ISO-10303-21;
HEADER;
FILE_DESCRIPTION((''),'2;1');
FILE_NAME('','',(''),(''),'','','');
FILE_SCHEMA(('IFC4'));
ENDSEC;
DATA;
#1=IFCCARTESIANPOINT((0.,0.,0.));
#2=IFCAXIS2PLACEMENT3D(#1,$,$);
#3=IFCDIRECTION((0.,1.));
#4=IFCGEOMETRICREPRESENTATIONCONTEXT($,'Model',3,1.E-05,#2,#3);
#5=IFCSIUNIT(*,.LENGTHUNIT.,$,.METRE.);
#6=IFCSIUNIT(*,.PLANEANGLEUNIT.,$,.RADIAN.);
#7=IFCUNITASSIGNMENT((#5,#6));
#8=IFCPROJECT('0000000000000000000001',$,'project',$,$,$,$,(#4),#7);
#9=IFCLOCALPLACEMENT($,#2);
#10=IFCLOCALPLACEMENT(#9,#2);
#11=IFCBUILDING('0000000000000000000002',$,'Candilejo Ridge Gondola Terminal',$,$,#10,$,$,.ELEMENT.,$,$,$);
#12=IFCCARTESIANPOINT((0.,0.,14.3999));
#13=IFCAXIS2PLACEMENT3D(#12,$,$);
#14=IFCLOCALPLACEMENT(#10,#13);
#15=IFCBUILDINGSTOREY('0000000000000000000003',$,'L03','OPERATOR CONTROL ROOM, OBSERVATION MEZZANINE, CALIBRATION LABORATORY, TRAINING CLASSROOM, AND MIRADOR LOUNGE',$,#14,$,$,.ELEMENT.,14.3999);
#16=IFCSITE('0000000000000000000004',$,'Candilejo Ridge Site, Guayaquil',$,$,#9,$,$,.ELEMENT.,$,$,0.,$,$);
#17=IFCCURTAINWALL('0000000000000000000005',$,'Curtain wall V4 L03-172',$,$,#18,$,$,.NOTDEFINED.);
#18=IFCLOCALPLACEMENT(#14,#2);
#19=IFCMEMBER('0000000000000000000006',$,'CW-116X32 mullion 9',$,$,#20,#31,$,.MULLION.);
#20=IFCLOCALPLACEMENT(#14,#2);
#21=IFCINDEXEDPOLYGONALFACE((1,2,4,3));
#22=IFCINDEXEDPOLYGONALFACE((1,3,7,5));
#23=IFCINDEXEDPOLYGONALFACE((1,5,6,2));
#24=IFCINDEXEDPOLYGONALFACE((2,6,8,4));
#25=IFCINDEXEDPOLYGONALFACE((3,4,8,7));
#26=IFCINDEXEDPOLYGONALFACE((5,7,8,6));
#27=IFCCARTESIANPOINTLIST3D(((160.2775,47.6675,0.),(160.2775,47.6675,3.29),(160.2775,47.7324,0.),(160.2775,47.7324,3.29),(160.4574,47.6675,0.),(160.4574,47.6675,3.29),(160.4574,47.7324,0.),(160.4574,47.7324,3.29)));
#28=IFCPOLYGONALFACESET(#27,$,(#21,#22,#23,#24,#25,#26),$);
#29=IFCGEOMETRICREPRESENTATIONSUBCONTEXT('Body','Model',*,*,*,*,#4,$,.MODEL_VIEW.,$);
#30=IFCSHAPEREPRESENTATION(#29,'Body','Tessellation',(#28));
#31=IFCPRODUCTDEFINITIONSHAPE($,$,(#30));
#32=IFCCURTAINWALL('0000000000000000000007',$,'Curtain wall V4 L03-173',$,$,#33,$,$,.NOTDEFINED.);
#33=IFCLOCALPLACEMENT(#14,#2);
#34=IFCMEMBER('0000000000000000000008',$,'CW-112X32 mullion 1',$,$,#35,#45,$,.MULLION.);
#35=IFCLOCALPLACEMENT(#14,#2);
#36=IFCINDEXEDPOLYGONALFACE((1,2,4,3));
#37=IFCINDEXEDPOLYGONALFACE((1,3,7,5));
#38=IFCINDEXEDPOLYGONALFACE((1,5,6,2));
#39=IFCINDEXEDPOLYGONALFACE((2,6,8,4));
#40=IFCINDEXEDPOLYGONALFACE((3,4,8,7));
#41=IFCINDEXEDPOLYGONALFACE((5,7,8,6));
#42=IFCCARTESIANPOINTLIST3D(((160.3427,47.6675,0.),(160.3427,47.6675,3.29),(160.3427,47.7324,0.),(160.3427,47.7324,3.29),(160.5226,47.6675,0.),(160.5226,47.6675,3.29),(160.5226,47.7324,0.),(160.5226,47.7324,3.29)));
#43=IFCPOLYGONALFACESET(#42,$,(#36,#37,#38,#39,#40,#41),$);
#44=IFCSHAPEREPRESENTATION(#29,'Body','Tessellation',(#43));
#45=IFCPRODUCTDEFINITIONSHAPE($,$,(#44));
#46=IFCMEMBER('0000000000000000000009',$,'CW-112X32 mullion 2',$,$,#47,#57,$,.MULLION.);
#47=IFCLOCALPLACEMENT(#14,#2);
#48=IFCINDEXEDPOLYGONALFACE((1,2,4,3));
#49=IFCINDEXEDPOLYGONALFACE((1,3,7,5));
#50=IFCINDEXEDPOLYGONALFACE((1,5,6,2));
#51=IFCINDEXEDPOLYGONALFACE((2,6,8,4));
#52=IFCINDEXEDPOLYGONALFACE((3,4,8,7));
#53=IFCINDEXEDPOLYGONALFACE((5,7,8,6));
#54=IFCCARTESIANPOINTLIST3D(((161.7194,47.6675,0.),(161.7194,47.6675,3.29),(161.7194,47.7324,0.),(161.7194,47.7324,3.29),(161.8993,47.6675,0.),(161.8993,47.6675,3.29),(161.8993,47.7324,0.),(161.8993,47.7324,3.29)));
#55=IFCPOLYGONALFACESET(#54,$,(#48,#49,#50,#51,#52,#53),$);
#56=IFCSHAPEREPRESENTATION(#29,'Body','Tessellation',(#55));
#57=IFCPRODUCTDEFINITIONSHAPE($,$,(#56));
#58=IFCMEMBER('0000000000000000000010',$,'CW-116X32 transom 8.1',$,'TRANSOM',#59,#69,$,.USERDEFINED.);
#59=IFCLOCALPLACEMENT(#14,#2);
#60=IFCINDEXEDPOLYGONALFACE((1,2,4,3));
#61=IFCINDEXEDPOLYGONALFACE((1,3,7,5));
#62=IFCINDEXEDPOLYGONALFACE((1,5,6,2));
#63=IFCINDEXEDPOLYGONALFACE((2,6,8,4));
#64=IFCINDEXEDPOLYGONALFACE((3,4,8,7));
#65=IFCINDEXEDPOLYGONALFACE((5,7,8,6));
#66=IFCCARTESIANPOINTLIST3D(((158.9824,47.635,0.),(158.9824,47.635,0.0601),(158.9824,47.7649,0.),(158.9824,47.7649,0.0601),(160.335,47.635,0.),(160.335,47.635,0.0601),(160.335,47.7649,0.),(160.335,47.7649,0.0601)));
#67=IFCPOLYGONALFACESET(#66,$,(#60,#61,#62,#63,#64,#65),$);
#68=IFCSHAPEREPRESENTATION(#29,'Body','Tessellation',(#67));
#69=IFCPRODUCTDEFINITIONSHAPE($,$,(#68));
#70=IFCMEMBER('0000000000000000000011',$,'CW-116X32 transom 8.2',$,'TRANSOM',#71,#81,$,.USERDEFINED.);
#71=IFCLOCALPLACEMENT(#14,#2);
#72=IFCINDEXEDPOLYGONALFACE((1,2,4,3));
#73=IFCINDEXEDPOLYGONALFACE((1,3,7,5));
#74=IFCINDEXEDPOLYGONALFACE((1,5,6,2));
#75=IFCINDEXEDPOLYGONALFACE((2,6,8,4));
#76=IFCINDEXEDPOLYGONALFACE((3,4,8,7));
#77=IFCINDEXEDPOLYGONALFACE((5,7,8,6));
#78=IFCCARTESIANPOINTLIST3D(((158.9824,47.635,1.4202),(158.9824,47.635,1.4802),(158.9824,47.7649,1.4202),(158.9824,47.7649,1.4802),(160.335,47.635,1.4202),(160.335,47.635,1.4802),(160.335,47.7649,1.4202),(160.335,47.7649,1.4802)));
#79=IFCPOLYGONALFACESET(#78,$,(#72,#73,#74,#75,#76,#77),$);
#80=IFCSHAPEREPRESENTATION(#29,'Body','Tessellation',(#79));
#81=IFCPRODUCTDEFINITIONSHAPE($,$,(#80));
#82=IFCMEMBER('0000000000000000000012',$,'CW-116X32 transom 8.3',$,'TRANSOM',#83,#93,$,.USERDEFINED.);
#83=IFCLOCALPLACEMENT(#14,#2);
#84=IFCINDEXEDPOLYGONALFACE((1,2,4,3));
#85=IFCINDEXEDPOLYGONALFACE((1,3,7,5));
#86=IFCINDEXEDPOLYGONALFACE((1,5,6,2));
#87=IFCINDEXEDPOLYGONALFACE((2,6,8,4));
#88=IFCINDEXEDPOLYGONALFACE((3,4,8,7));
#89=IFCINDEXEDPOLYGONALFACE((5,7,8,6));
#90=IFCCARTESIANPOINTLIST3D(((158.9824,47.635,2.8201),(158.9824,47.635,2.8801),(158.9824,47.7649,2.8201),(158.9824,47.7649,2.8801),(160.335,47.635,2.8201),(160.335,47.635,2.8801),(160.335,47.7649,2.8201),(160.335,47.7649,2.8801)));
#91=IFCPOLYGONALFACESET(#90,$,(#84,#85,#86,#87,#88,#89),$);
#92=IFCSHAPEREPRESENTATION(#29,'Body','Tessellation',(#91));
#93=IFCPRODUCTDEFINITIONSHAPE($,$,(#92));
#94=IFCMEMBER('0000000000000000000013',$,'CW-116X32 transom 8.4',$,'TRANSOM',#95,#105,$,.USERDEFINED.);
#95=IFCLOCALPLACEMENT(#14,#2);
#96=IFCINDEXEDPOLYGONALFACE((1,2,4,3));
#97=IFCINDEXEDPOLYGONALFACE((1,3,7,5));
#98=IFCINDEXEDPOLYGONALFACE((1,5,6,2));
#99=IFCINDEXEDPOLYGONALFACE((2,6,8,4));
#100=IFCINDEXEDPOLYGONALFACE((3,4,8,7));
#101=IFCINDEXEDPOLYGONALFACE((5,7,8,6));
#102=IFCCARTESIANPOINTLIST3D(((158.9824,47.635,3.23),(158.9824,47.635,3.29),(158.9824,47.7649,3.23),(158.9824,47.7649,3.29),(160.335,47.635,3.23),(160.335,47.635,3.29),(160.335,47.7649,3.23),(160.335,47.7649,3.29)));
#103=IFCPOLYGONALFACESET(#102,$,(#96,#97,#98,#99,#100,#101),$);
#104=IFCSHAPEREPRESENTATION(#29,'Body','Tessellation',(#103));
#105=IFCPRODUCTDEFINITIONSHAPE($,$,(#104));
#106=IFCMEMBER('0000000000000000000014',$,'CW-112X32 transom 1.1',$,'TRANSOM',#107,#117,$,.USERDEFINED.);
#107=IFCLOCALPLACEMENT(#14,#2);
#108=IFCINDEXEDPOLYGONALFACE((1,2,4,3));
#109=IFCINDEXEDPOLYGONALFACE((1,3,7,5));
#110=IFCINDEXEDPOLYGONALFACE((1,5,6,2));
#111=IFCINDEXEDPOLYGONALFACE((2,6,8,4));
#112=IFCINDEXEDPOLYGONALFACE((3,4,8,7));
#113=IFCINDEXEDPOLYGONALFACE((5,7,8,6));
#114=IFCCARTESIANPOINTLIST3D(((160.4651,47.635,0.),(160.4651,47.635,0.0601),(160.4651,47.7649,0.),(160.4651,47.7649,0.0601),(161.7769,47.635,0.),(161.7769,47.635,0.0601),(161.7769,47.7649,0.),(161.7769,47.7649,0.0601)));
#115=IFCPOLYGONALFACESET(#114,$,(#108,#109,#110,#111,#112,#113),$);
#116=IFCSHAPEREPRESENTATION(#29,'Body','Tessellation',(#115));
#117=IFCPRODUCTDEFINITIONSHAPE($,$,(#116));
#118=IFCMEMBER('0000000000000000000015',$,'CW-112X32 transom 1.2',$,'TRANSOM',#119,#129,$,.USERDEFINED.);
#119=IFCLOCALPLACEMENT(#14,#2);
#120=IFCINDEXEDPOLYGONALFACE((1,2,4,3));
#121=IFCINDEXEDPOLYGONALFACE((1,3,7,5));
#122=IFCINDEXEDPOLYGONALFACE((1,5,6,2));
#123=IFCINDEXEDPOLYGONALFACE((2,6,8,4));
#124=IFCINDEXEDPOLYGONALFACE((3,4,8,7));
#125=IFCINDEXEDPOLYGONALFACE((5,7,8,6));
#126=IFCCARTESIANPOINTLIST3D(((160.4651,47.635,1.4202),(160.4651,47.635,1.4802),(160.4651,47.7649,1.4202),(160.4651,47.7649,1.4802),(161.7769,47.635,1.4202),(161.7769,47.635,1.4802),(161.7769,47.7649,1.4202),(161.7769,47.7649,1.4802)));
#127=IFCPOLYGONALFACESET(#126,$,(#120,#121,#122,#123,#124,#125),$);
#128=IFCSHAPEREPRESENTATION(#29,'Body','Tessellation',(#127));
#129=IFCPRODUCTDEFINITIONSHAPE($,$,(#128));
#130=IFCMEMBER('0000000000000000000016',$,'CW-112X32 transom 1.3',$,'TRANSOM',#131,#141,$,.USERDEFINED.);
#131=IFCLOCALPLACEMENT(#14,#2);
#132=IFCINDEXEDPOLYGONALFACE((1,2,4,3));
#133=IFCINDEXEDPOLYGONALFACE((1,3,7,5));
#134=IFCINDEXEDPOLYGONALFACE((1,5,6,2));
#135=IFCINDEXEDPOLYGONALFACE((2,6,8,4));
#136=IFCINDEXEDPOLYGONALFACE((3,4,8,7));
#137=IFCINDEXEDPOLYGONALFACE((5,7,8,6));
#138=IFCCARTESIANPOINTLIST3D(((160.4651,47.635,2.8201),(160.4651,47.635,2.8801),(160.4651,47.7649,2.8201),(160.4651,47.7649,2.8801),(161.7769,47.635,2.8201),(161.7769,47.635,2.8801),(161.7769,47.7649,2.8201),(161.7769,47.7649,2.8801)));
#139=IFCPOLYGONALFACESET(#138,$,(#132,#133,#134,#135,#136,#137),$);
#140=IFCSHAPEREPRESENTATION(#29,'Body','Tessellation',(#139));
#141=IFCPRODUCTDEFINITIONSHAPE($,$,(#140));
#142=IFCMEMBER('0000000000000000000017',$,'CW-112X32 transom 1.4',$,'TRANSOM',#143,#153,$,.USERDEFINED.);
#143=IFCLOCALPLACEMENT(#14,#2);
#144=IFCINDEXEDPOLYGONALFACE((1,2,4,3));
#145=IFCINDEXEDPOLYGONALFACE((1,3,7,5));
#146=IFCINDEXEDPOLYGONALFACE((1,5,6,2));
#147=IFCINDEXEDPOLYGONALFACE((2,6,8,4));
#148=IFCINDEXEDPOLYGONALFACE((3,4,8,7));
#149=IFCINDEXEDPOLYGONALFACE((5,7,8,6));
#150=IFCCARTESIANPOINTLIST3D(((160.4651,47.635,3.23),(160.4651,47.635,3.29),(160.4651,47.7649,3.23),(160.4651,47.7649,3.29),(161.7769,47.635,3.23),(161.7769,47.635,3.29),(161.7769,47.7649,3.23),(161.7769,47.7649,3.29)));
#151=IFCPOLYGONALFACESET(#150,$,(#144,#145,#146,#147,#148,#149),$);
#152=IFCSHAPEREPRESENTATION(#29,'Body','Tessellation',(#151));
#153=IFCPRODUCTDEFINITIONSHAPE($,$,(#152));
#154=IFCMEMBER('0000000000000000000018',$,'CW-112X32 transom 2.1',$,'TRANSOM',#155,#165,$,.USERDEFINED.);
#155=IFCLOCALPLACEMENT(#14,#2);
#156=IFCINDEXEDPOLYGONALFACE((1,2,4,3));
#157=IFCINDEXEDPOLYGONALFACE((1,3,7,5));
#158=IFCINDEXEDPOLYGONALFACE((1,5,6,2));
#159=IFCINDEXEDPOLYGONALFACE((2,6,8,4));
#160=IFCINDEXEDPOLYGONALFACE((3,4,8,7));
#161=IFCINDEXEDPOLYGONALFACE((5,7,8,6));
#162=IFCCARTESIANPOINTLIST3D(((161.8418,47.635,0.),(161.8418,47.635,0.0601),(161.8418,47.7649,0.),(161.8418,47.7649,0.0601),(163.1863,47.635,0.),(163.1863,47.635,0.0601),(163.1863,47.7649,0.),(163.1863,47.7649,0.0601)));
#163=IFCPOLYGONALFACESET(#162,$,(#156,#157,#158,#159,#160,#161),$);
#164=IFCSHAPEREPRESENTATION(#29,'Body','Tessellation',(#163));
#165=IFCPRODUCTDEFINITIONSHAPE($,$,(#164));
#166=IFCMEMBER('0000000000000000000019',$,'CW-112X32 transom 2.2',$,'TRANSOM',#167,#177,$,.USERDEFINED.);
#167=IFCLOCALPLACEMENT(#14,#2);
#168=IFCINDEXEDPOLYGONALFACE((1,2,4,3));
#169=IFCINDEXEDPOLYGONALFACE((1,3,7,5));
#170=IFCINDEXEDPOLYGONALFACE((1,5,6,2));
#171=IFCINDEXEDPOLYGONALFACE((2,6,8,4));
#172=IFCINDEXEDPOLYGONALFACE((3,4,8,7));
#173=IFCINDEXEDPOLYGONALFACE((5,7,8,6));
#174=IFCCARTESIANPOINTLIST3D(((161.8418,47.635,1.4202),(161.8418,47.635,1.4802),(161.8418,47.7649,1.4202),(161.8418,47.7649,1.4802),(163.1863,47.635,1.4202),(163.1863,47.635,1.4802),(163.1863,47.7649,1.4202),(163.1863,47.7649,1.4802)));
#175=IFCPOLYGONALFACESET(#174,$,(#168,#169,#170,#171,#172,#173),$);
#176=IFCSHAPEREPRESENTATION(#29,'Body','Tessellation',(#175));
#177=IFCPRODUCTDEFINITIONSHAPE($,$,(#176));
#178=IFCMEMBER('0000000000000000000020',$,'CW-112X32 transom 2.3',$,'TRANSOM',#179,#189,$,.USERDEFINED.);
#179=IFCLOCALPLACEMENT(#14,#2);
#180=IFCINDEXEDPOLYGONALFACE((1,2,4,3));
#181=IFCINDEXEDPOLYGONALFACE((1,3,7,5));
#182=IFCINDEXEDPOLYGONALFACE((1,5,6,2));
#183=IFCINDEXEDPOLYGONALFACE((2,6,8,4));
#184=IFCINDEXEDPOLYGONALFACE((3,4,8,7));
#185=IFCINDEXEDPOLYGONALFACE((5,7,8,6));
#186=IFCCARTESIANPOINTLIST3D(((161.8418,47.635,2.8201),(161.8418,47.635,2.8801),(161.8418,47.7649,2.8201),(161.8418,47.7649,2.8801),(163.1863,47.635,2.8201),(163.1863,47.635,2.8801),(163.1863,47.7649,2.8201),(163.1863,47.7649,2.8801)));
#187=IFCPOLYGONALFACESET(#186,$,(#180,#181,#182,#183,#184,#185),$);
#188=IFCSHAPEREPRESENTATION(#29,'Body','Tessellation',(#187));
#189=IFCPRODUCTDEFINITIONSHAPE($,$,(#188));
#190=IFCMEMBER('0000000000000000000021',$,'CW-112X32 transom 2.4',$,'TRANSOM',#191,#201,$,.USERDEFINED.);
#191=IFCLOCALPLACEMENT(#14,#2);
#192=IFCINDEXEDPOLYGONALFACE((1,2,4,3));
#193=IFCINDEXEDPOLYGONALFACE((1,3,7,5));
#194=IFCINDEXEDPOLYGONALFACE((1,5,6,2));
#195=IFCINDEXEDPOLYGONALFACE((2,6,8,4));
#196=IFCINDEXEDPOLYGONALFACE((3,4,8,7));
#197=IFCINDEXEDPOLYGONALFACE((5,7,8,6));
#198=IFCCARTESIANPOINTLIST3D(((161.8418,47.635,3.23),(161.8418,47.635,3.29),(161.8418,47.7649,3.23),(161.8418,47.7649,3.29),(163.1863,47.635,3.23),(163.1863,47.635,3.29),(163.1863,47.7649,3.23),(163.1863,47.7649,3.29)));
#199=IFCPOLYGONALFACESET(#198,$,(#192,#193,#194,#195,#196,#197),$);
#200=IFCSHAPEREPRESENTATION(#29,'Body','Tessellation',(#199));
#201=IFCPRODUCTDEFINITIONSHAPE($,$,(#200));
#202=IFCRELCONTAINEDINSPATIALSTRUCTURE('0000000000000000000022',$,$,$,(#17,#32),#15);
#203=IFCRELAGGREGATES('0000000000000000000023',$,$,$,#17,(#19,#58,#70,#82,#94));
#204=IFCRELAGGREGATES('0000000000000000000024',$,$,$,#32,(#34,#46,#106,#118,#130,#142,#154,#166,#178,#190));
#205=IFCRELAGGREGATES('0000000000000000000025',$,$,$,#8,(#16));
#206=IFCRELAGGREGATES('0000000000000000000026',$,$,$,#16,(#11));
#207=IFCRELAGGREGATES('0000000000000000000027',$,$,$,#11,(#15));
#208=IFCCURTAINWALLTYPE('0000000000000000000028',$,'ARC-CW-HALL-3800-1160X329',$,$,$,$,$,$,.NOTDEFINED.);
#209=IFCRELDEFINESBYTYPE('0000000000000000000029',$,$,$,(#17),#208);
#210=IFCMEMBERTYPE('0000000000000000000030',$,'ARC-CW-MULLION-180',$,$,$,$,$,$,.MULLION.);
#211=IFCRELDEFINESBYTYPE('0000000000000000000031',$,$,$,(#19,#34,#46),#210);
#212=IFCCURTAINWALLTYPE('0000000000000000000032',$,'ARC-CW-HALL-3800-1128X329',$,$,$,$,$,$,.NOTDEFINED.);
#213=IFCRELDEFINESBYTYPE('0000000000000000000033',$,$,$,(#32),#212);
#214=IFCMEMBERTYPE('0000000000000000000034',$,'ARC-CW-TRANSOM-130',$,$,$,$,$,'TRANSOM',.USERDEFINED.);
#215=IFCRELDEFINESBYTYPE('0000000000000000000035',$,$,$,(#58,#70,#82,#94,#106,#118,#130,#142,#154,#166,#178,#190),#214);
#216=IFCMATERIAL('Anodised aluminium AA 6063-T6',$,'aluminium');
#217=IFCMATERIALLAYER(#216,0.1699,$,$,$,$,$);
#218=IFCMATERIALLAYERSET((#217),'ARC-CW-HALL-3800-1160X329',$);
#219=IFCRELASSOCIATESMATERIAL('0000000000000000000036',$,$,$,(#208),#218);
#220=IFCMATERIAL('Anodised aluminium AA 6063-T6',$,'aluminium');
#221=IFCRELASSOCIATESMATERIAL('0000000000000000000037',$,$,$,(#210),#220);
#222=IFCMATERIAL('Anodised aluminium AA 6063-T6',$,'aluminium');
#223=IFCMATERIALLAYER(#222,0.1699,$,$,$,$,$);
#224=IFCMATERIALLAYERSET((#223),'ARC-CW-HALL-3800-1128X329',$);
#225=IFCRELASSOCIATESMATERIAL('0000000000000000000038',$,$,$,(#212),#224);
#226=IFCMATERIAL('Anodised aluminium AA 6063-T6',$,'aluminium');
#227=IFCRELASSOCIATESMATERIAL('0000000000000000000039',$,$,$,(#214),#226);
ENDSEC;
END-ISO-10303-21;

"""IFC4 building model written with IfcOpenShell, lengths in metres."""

from ifc_helpers import new_model, si_unit, direction, frame, origin, origin_2d, place, context, subcontext, project, spatial, rectangle, extrude, material, layer, layer_set, material_profile, profile_set, type_object, element, aggregate, save


model = new_model("IFC4")

# Units and contexts
model_context = context("Model", 3, precision=1e-05, world=origin(), true_north=direction((0.0, 1.0)))
body_context = subcontext(model_context, "Body", "Model", "MODEL_VIEW")
ifc_project = project(units=[si_unit("LENGTHUNIT", "METRE"), si_unit("PLANEANGLEUNIT", "RADIAN")], contexts=[model_context])

# Site, building, storey
site_placement = place(None, origin())
site = spatial("IfcSite", under=ifc_project, at=site_placement, Name="Candilejo Ridge Site, Guayaquil", CompositionType="ELEMENT", RefElevation=0.0)
building_placement = place(site_placement, origin())
building = spatial("IfcBuilding", under=site, at=building_placement, Name="Candilejo Ridge Gondola Terminal", CompositionType="ELEMENT")
storey_placement = place(building_placement, frame((0.0, 0.0, 14.3999)))
storey = spatial("IfcBuildingStorey", under=building, at=storey_placement, Name="L03", Description="OPERATOR CONTROL ROOM, OBSERVATION MEZZANINE, CALIBRATION LABORATORY, TRAINING CLASSROOM, AND MIRADOR LOUNGE", CompositionType="ELEMENT", Elevation=14.3999)

# Curtain wall, member
ifc_material_1 = material(Name="Anodised aluminium AA 6063-T6", Category="aluminium")
ifc_layer_1 = layer(ifc_material_1, 0.1699)
ifc_layer_set_1 = layer_set([ifc_layer_1], Name="ARC-CW-HALL-3800-1160X329")
curtain_wall_type_1 = type_object("IfcCurtainWallType", Name="ARC-CW-HALL-3800-1160X329", PredefinedType="NOTDEFINED", material=ifc_layer_set_1)
curtain_wall_1_placement = place(storey_placement, origin())
curtain_wall_1 = element("IfcCurtainWall", 1, at=curtain_wall_1_placement, inside=storey, type_object=curtain_wall_type_1, Name="Curtain wall V4 L03-172", PredefinedType="NOTDEFINED")
ifc_material_2 = material(Name="Anodised aluminium AA 6063-T6", Category="aluminium")
ifc_material_profile_1 = material_profile(ifc_material_2, rectangle(XDim=0.0649, YDim=0.1799, at=origin_2d()))
ifc_profile_set_1 = profile_set([ifc_material_profile_1], Name="Anodised aluminium AA 6063-T6")
member_type_1 = type_object("IfcMemberType", Name="ARC-CW-MULLION-180", PredefinedType="MULLION", material=ifc_profile_set_1)
member_1_placement = place(storey_placement, frame((160.3674, 47.7, 0.0), z_axis=(0.0, 0.0, 1.0), x_axis=(0.0, 1.0, 0.0)))
member_1 = element("IfcMember", 2, at=member_1_placement, type_object=member_type_1, Name="CW-116X32 mullion 9", PredefinedType="MULLION", context=body_context, shape_type="SweptSolid", body=[
    extrude(rectangle(XDim=0.0649, YDim=0.1799, at=origin_2d()), origin(), (0.0, 0.0, 1.0), 3.29),
])

# Curtain wall, members
ifc_material_3 = material(Name="Anodised aluminium AA 6063-T6", Category="aluminium")
ifc_layer_2 = layer(ifc_material_3, 0.1699)
ifc_layer_set_2 = layer_set([ifc_layer_2], Name="ARC-CW-HALL-3800-1128X329")
curtain_wall_type_2 = type_object("IfcCurtainWallType", Name="ARC-CW-HALL-3800-1128X329", PredefinedType="NOTDEFINED", material=ifc_layer_set_2)
curtain_wall_2_placement = place(storey_placement, origin())
curtain_wall_2 = element("IfcCurtainWall", 3, at=curtain_wall_2_placement, inside=storey, type_object=curtain_wall_type_2, Name="Curtain wall V4 L03-173", PredefinedType="NOTDEFINED")
member_2_placement = place(storey_placement, frame((160.4326, 47.7, 0.0), z_axis=(0.0, 0.0, 1.0), x_axis=(0.0, 1.0, 0.0)))
member_2 = element("IfcMember", 4, at=member_2_placement, type_object=member_type_1, Name="CW-112X32 mullion 1", PredefinedType="MULLION", context=body_context, shape_type="SweptSolid", body=[
    extrude(rectangle(XDim=0.0649, YDim=0.1799, at=origin_2d()), origin(), (0.0, 0.0, 1.0), 3.29),
])
member_3_placement = place(storey_placement, frame((161.8093, 47.7, 0.0), z_axis=(0.0, 0.0, 1.0), x_axis=(0.0, 1.0, 0.0)))
member_3 = element("IfcMember", 5, at=member_3_placement, type_object=member_type_1, Name="CW-112X32 mullion 2", PredefinedType="MULLION", context=body_context, shape_type="SweptSolid", body=[
    extrude(rectangle(XDim=0.0649, YDim=0.1799, at=origin_2d()), origin(), (0.0, 0.0, 1.0), 3.29),
])

# Members
ifc_material_4 = material(Name="Anodised aluminium AA 6063-T6", Category="aluminium")
ifc_material_profile_2 = material_profile(ifc_material_4, rectangle(XDim=0.1299, YDim=0.0601, at=origin_2d()))
ifc_profile_set_2 = profile_set([ifc_material_profile_2], Name="Anodised aluminium AA 6063-T6")
member_type_2 = type_object("IfcMemberType", Name="ARC-CW-TRANSOM-130", ElementType="TRANSOM", PredefinedType="USERDEFINED", material=ifc_profile_set_2)
member_4_placement = place(storey_placement, frame((158.9824, 47.7, 0.03), z_axis=(1.0, 0.0, 0.0), x_axis=(0.0, 1.0, 0.0)))
member_4 = element("IfcMember", 6, at=member_4_placement, type_object=member_type_2, Name="CW-116X32 transom 8.1", ObjectType="TRANSOM", PredefinedType="USERDEFINED", context=body_context, shape_type="SweptSolid", body=[
    extrude(rectangle(XDim=0.1299, YDim=0.0601, at=origin_2d()), origin(), (0.0, 0.0, 1.0), 1.3525),
])
member_5_placement = place(storey_placement, frame((158.9824, 47.7, 1.4502), z_axis=(1.0, 0.0, 0.0), x_axis=(0.0, 1.0, 0.0)))
member_5 = element("IfcMember", 7, at=member_5_placement, type_object=member_type_2, Name="CW-116X32 transom 8.2", ObjectType="TRANSOM", PredefinedType="USERDEFINED", context=body_context, shape_type="SweptSolid", body=[
    extrude(rectangle(XDim=0.1299, YDim=0.0601, at=origin_2d()), origin(), (0.0, 0.0, 1.0), 1.3525),
])
member_6_placement = place(storey_placement, frame((158.9824, 47.7, 2.8501), z_axis=(1.0, 0.0, 0.0), x_axis=(0.0, 1.0, 0.0)))
member_6 = element("IfcMember", 8, at=member_6_placement, type_object=member_type_2, Name="CW-116X32 transom 8.3", ObjectType="TRANSOM", PredefinedType="USERDEFINED", context=body_context, shape_type="SweptSolid", body=[
    extrude(rectangle(XDim=0.1299, YDim=0.0601, at=origin_2d()), origin(), (0.0, 0.0, 1.0), 1.3525),
])
member_7_placement = place(storey_placement, frame((158.9824, 47.7, 3.26), z_axis=(1.0, 0.0, 0.0), x_axis=(0.0, 1.0, 0.0)))
member_7 = element("IfcMember", 9, at=member_7_placement, type_object=member_type_2, Name="CW-116X32 transom 8.4", ObjectType="TRANSOM", PredefinedType="USERDEFINED", context=body_context, shape_type="SweptSolid", body=[
    extrude(rectangle(XDim=0.1299, YDim=0.0601, at=origin_2d()), origin(), (0.0, 0.0, 1.0), 1.3525),
])
member_8_placement = place(storey_placement, frame((160.4651, 47.7, 0.03), z_axis=(1.0, 0.0, 0.0), x_axis=(0.0, 1.0, 0.0)))
member_8 = element("IfcMember", 10, at=member_8_placement, type_object=member_type_2, Name="CW-112X32 transom 1.1", ObjectType="TRANSOM", PredefinedType="USERDEFINED", context=body_context, shape_type="SweptSolid", body=[
    extrude(rectangle(XDim=0.1299, YDim=0.0601, at=origin_2d()), origin(), (0.0, 0.0, 1.0), 1.3118),
])
member_9_placement = place(storey_placement, frame((160.4651, 47.7, 1.4502), z_axis=(1.0, 0.0, 0.0), x_axis=(0.0, 1.0, 0.0)))
member_9 = element("IfcMember", 11, at=member_9_placement, type_object=member_type_2, Name="CW-112X32 transom 1.2", ObjectType="TRANSOM", PredefinedType="USERDEFINED", context=body_context, shape_type="SweptSolid", body=[
    extrude(rectangle(XDim=0.1299, YDim=0.0601, at=origin_2d()), origin(), (0.0, 0.0, 1.0), 1.3118),
])
member_10_placement = place(storey_placement, frame((160.4651, 47.7, 2.8501), z_axis=(1.0, 0.0, 0.0), x_axis=(0.0, 1.0, 0.0)))
member_10 = element("IfcMember", 12, at=member_10_placement, type_object=member_type_2, Name="CW-112X32 transom 1.3", ObjectType="TRANSOM", PredefinedType="USERDEFINED", context=body_context, shape_type="SweptSolid", body=[
    extrude(rectangle(XDim=0.1299, YDim=0.0601, at=origin_2d()), origin(), (0.0, 0.0, 1.0), 1.3118),
])
member_11_placement = place(storey_placement, frame((160.4651, 47.7, 3.26), z_axis=(1.0, 0.0, 0.0), x_axis=(0.0, 1.0, 0.0)))
member_11 = element("IfcMember", 13, at=member_11_placement, type_object=member_type_2, Name="CW-112X32 transom 1.4", ObjectType="TRANSOM", PredefinedType="USERDEFINED", context=body_context, shape_type="SweptSolid", body=[
    extrude(rectangle(XDim=0.1299, YDim=0.0601, at=origin_2d()), origin(), (0.0, 0.0, 1.0), 1.3118),
])
member_12_placement = place(storey_placement, frame((161.8418, 47.7, 0.03), z_axis=(1.0, 0.0, 0.0), x_axis=(0.0, 1.0, 0.0)))
member_12 = element("IfcMember", 14, at=member_12_placement, type_object=member_type_2, Name="CW-112X32 transom 2.1", ObjectType="TRANSOM", PredefinedType="USERDEFINED", context=body_context, shape_type="SweptSolid", body=[
    extrude(rectangle(XDim=0.1299, YDim=0.0601, at=origin_2d()), origin(), (0.0, 0.0, 1.0), 1.3445),
])
member_13_placement = place(storey_placement, frame((161.8418, 47.7, 1.4502), z_axis=(1.0, 0.0, 0.0), x_axis=(0.0, 1.0, 0.0)))
member_13 = element("IfcMember", 15, at=member_13_placement, type_object=member_type_2, Name="CW-112X32 transom 2.2", ObjectType="TRANSOM", PredefinedType="USERDEFINED", context=body_context, shape_type="SweptSolid", body=[
    extrude(rectangle(XDim=0.1299, YDim=0.0601, at=origin_2d()), origin(), (0.0, 0.0, 1.0), 1.3445),
])
member_14_placement = place(storey_placement, frame((161.8418, 47.7, 2.8501), z_axis=(1.0, 0.0, 0.0), x_axis=(0.0, 1.0, 0.0)))
member_14 = element("IfcMember", 16, at=member_14_placement, type_object=member_type_2, Name="CW-112X32 transom 2.3", ObjectType="TRANSOM", PredefinedType="USERDEFINED", context=body_context, shape_type="SweptSolid", body=[
    extrude(rectangle(XDim=0.1299, YDim=0.0601, at=origin_2d()), origin(), (0.0, 0.0, 1.0), 1.3445),
])
member_15_placement = place(storey_placement, frame((161.8418, 47.7, 3.26), z_axis=(1.0, 0.0, 0.0), x_axis=(0.0, 1.0, 0.0)))
member_15 = element("IfcMember", 17, at=member_15_placement, type_object=member_type_2, Name="CW-112X32 transom 2.4", ObjectType="TRANSOM", PredefinedType="USERDEFINED", context=body_context, shape_type="SweptSolid", body=[
    extrude(rectangle(XDim=0.1299, YDim=0.0601, at=origin_2d()), origin(), (0.0, 0.0, 1.0), 1.3445),
])

aggregate(curtain_wall_1, [member_1, member_4, member_5, member_6, member_7])
aggregate(curtain_wall_2, [member_2, member_3, member_8, member_9, member_10, member_11, member_12, member_13, member_14, member_15])

save(model, "model.ifc")
